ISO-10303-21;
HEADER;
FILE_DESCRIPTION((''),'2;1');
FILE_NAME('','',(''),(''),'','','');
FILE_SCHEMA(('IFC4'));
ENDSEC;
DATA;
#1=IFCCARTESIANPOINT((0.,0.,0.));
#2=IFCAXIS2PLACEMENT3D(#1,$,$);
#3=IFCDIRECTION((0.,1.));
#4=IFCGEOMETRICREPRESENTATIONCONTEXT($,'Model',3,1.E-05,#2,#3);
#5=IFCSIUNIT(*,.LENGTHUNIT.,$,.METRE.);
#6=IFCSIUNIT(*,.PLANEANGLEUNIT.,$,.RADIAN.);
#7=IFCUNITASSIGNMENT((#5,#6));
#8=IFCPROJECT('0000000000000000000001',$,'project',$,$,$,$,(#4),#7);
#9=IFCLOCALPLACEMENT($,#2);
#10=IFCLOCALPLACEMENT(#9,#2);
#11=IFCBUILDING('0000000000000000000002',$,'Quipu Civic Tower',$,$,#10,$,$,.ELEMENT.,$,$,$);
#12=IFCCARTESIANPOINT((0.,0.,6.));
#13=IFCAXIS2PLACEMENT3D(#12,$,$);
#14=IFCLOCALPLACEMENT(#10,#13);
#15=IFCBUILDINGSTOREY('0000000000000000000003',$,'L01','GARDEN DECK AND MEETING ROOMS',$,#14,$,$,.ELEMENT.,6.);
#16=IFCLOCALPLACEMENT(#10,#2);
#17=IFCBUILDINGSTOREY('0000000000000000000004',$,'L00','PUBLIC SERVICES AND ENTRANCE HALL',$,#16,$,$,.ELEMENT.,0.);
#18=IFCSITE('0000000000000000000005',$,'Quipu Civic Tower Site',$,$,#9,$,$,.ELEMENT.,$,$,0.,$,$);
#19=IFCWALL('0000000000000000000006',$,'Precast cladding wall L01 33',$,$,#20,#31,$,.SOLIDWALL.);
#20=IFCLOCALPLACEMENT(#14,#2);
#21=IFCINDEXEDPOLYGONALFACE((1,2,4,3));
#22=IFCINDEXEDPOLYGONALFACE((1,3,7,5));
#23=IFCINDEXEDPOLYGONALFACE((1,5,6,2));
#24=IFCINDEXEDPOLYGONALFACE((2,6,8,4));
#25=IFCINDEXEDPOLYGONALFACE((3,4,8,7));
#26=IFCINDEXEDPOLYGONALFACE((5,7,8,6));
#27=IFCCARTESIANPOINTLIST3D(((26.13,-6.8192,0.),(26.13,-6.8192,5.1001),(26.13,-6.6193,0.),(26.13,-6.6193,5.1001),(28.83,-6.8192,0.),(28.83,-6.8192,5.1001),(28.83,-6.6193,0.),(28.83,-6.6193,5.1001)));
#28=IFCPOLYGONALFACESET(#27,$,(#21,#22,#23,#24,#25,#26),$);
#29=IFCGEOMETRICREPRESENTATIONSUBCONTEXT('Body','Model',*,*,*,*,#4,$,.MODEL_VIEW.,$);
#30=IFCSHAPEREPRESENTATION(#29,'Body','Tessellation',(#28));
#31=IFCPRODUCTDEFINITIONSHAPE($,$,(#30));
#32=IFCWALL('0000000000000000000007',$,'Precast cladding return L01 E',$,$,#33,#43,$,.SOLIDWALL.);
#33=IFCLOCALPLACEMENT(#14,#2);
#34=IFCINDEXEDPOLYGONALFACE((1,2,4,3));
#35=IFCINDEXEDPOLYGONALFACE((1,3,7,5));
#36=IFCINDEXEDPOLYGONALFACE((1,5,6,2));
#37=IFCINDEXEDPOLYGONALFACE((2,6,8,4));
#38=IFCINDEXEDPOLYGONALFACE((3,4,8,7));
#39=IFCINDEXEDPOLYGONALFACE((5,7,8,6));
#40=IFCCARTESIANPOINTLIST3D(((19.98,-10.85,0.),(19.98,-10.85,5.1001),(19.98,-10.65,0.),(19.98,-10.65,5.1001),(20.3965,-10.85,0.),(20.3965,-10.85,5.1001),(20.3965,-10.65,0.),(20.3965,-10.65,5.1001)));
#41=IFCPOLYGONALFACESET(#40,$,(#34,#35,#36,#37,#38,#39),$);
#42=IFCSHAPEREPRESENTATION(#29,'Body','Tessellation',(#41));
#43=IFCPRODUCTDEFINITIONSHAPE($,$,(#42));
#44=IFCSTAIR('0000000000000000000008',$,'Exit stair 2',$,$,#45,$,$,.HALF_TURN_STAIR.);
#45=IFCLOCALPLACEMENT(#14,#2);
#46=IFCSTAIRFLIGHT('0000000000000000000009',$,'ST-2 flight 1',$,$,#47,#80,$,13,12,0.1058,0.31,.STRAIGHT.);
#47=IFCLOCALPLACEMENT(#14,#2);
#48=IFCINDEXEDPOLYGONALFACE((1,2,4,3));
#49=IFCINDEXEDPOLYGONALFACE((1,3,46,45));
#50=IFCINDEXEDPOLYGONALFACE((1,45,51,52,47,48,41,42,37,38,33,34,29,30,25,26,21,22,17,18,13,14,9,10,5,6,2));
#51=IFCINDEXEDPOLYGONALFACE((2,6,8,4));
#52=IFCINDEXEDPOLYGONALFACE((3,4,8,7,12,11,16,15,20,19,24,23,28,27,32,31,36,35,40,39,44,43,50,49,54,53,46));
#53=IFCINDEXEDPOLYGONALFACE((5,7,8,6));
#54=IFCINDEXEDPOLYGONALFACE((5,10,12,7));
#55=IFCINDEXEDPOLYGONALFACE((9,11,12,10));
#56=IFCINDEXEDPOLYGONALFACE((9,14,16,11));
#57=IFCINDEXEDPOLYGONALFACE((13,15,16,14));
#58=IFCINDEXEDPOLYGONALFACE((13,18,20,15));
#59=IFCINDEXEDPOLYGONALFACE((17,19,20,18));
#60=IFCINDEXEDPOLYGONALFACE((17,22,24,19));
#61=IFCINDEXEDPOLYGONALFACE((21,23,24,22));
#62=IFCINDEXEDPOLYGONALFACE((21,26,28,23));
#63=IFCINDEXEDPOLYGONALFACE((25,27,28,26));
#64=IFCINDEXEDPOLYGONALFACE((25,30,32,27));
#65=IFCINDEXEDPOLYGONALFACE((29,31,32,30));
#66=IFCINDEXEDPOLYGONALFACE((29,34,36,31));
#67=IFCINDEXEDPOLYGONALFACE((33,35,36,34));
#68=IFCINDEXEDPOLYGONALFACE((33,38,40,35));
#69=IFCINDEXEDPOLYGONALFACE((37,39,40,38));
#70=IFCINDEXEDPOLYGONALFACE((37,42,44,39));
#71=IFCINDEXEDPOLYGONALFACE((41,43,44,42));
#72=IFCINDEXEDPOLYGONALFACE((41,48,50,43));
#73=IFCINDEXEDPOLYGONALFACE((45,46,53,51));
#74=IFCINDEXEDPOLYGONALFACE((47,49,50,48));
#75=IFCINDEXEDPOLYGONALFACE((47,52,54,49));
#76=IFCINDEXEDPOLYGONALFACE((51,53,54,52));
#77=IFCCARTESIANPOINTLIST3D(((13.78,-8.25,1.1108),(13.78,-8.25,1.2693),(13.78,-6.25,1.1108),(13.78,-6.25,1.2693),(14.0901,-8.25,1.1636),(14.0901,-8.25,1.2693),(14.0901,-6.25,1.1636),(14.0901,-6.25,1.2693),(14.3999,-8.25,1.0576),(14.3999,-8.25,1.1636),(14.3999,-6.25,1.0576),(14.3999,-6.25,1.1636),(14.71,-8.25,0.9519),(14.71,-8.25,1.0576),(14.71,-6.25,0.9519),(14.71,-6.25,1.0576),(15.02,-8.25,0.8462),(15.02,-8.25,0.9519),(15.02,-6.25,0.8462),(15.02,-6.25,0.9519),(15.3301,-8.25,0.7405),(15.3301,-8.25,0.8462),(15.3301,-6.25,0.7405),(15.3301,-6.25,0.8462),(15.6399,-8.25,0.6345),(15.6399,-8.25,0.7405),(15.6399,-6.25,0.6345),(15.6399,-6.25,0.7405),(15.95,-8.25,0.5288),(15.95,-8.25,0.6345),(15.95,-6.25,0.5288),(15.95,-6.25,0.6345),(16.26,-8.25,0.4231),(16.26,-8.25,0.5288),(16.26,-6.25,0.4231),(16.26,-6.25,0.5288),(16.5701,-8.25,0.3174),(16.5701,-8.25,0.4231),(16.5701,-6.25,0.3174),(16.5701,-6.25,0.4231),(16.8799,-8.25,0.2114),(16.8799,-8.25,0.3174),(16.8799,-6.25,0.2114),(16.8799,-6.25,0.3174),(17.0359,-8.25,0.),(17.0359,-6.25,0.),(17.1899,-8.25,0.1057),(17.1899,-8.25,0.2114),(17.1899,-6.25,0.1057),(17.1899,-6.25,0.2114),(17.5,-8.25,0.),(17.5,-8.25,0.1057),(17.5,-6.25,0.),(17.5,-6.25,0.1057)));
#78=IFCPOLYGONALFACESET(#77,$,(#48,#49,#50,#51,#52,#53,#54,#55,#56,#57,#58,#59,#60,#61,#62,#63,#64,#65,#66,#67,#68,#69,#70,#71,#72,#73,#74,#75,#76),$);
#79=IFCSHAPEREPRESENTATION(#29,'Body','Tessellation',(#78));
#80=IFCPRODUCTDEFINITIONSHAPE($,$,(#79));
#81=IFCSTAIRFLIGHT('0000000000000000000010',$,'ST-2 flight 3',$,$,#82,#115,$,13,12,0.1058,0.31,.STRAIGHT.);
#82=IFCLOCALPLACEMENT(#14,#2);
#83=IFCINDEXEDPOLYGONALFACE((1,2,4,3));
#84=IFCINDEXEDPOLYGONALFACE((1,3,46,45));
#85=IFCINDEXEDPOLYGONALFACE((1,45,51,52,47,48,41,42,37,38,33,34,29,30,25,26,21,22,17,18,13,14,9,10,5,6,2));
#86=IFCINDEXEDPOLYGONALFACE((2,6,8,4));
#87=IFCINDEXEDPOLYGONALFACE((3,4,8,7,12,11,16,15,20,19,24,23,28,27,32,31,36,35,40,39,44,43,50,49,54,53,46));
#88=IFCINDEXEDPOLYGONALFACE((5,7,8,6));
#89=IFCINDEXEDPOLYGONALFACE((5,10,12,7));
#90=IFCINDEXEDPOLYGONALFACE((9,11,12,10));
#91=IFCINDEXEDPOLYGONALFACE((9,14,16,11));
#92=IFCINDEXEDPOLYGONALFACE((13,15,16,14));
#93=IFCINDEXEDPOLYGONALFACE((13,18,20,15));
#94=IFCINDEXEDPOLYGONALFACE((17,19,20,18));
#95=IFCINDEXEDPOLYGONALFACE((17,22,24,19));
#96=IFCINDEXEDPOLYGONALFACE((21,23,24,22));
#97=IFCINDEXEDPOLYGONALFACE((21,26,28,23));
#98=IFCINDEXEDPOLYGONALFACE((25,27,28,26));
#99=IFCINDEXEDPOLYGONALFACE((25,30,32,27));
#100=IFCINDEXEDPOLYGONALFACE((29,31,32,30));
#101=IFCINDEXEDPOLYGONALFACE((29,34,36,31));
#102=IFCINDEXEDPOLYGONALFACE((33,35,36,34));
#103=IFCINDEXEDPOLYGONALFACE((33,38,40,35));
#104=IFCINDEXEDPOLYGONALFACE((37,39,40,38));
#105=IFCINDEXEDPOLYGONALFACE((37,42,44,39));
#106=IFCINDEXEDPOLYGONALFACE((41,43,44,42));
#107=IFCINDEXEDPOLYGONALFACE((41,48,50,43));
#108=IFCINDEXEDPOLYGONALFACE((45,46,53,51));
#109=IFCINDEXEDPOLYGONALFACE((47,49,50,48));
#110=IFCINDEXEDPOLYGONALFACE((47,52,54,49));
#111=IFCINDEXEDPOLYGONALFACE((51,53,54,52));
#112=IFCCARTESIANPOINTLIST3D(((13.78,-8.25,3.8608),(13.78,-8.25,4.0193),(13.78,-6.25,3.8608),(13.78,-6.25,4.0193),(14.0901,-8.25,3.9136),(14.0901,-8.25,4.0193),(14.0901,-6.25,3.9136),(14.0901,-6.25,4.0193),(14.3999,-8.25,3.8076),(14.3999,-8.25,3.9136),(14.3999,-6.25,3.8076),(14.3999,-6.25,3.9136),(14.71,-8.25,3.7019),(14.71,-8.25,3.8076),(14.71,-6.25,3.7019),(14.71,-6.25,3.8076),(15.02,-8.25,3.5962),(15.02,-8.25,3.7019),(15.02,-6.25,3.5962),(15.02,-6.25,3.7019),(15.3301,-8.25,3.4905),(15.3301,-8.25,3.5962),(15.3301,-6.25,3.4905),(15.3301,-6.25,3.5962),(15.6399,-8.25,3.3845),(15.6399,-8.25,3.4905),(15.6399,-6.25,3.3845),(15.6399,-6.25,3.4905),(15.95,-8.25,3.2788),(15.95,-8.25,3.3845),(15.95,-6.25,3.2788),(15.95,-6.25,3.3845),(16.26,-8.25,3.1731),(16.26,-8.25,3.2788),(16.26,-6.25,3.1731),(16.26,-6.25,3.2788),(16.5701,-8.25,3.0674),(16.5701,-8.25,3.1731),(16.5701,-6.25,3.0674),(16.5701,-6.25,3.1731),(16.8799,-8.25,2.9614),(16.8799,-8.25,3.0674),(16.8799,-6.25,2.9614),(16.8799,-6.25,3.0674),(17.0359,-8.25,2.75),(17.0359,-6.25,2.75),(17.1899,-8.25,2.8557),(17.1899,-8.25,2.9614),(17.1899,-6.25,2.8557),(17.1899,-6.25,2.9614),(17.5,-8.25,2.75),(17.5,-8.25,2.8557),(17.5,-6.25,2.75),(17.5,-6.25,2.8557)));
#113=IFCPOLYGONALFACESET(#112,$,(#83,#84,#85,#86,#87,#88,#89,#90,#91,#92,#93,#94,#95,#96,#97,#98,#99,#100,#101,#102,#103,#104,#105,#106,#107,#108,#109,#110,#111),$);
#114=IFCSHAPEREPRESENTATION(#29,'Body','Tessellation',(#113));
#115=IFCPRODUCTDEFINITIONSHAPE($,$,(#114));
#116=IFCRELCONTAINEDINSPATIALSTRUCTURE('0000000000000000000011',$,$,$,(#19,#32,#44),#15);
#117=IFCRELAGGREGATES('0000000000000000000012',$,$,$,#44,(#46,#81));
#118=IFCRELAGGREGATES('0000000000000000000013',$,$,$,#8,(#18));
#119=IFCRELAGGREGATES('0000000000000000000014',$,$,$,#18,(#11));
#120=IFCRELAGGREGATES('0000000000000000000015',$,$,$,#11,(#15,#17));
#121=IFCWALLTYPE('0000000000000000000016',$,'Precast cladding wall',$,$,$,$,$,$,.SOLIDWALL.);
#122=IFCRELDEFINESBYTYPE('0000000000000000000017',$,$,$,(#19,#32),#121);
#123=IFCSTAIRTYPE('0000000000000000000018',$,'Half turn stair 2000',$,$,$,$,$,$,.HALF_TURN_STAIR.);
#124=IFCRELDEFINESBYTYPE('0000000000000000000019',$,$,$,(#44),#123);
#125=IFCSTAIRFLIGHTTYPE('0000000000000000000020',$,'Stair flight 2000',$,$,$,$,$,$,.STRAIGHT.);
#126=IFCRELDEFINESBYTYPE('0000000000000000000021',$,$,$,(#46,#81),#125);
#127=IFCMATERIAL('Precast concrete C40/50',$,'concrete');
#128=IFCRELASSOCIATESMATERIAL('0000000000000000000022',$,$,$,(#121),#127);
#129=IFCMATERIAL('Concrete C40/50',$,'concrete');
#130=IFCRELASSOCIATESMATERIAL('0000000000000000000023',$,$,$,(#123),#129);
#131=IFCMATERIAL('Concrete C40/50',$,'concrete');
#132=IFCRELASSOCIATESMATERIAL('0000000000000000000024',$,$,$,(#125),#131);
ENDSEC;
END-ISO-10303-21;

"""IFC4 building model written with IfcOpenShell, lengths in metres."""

from ifc_helpers import new_model, si_unit, direction, frame, frame_2d, origin, place, context, subcontext, project, spatial, polyline, rectangle, outline, extrude, material, type_object, element, aggregate, save


model = new_model("IFC4")

# Units and contexts
model_context = context("Model", 3, precision=1e-05, world=origin(), true_north=direction((0.0, 1.0)))
body_context = subcontext(model_context, "Body", "Model", "MODEL_VIEW")
ifc_project = project(units=[si_unit("LENGTHUNIT", "METRE"), si_unit("PLANEANGLEUNIT", "RADIAN")], contexts=[model_context])

# Site, building, storey
site_placement = place(None, origin())
site = spatial("IfcSite", under=ifc_project, at=site_placement, Name="Quipu Civic Tower Site", CompositionType="ELEMENT", RefElevation=0.0)
building_placement = place(site_placement, origin())
building = spatial("IfcBuilding", under=site, at=building_placement, Name="Quipu Civic Tower", CompositionType="ELEMENT")
storey_1_placement = place(building_placement, frame((0.0, 0.0, 6.0)))
storey_1 = spatial("IfcBuildingStorey", under=building, at=storey_1_placement, Name="L01", Description="GARDEN DECK AND MEETING ROOMS", CompositionType="ELEMENT", Elevation=6.0)

# Shared definitions
storey_2_placement = place(building_placement, origin())
storey_2 = spatial("IfcBuildingStorey", under=building, at=storey_2_placement, Name="L00", Description="PUBLIC SERVICES AND ENTRANCE HALL", CompositionType="ELEMENT", Elevation=0.0)

# Walls
ifc_material_1 = material(Name="Precast concrete C40/50", Category="concrete")
wall_type_1 = type_object("IfcWallType", Name="Precast cladding wall", PredefinedType="SOLIDWALL", material=ifc_material_1)
wall_1_placement = place(storey_1_placement, frame((26.1299, -6.7192, 0.0), z_axis=(0.0, 0.0, 1.0), x_axis=(1.0, 0.0, 0.0)))
element("IfcWall", 1, at=wall_1_placement, inside=storey_1, type_object=wall_type_1, Name="Precast cladding wall L01 33", PredefinedType="SOLIDWALL", context=body_context, shape_type="SweptSolid", body=[
    extrude(rectangle(XDim=2.7, YDim=0.2, at=frame_2d((1.3501, 0.0))), origin(), (0.0, 0.0, 1.0), 5.1001),
])
wall_2_placement = place(storey_1_placement, frame((19.98, -10.75, 0.0), z_axis=(0.0, 0.0, 1.0), x_axis=(1.0, 0.0, 0.0)))
element("IfcWall", 2, at=wall_2_placement, inside=storey_1, type_object=wall_type_1, Name="Precast cladding return L01 E", PredefinedType="SOLIDWALL", context=body_context, shape_type="SweptSolid", body=[
    extrude(rectangle(XDim=0.4165, YDim=0.2, at=frame_2d((0.2083, 0.0))), origin(), (0.0, 0.0, 1.0), 5.1001),
])

# Stair, stair flights
ifc_material_2 = material(Name="Concrete C40/50", Category="concrete")
stair_type = type_object("IfcStairType", Name="Half turn stair 2000", PredefinedType="HALF_TURN_STAIR", material=ifc_material_2)
stair_placement = place(storey_1_placement, origin())
stair = element("IfcStair", 3, at=stair_placement, inside=storey_1, type_object=stair_type, Name="Exit stair 2", PredefinedType="HALF_TURN_STAIR")
ifc_material_3 = material(Name="Concrete C40/50", Category="concrete")
stair_flight_type = type_object("IfcStairFlightType", Name="Stair flight 2000", PredefinedType="STRAIGHT", material=ifc_material_3)
stair_flight_1_placement = place(storey_1_placement, frame((17.5, -7.25, 0.0), z_axis=(0.0, 0.0, 1.0), x_axis=(-1.0, 0.0, 0.0)))
stair_flight_1 = element("IfcStairFlight", 4, at=stair_flight_1_placement, type_object=stair_flight_type, Name="ST-2 flight 1", NumberOfRisers=13, NumberOfTreads=12, PredefinedType="STRAIGHT", RiserHeight=0.1058, TreadLength=0.31, context=body_context, shape_type="SweptSolid", body=[
    extrude(outline(polyline([(0.0, 0.0), (0.0, 0.1057), (0.3101, 0.1057), (0.3101, 0.2114), (0.6201, 0.2114), (0.6201, 0.3174), (0.9299, 0.3174), (0.9299, 0.4231), (1.24, 0.4231), (1.24, 0.5288), (1.55, 0.5288), (1.55, 0.6345), (1.8601, 0.6345), (1.8601, 0.7405), (2.1699, 0.7405), (2.1699, 0.8462), (2.48, 0.8462), (2.48, 0.9519), (2.79, 0.9519), (2.79, 1.0576), (3.1001, 1.0576), (3.1001, 1.1636), (3.4099, 1.1636), (3.4099, 1.2693), (3.72, 1.2693), (3.72, 1.375), (3.72, 1.1108), (0.4641, 0.0), (0.0, 0.0)])), frame((0.0, 1.0, 0.0), z_axis=(0.0, -1.0, 0.0), x_axis=(1.0, 0.0, 0.0)), (0.0, 0.0, 1.0), 2.0),
])
stair_flight_2_placement = place(storey_1_placement, frame((17.5, -7.25, 2.75), z_axis=(0.0, 0.0, 1.0), x_axis=(-1.0, 0.0, 0.0)))
stair_flight_2 = element("IfcStairFlight", 5, at=stair_flight_2_placement, type_object=stair_flight_type, Name="ST-2 flight 3", NumberOfRisers=13, NumberOfTreads=12, PredefinedType="STRAIGHT", RiserHeight=0.1058, TreadLength=0.31, context=body_context, shape_type="SweptSolid", body=[
    extrude(outline(polyline([(0.0, 0.0), (0.0, 0.1057), (0.3101, 0.1057), (0.3101, 0.2114), (0.6201, 0.2114), (0.6201, 0.3174), (0.9299, 0.3174), (0.9299, 0.4231), (1.24, 0.4231), (1.24, 0.5288), (1.55, 0.5288), (1.55, 0.6345), (1.8601, 0.6345), (1.8601, 0.7405), (2.1699, 0.7405), (2.1699, 0.8462), (2.48, 0.8462), (2.48, 0.9519), (2.79, 0.9519), (2.79, 1.0576), (3.1001, 1.0576), (3.1001, 1.1636), (3.4099, 1.1636), (3.4099, 1.2693), (3.72, 1.2693), (3.72, 1.375), (3.72, 1.1108), (0.4641, 0.0), (0.0, 0.0)])), frame((0.0, 1.0, 0.0), z_axis=(0.0, -1.0, 0.0), x_axis=(1.0, 0.0, 0.0)), (0.0, 0.0, 1.0), 2.0),
])
aggregate(stair, [stair_flight_1, stair_flight_2])

save(model, "model.ifc")
